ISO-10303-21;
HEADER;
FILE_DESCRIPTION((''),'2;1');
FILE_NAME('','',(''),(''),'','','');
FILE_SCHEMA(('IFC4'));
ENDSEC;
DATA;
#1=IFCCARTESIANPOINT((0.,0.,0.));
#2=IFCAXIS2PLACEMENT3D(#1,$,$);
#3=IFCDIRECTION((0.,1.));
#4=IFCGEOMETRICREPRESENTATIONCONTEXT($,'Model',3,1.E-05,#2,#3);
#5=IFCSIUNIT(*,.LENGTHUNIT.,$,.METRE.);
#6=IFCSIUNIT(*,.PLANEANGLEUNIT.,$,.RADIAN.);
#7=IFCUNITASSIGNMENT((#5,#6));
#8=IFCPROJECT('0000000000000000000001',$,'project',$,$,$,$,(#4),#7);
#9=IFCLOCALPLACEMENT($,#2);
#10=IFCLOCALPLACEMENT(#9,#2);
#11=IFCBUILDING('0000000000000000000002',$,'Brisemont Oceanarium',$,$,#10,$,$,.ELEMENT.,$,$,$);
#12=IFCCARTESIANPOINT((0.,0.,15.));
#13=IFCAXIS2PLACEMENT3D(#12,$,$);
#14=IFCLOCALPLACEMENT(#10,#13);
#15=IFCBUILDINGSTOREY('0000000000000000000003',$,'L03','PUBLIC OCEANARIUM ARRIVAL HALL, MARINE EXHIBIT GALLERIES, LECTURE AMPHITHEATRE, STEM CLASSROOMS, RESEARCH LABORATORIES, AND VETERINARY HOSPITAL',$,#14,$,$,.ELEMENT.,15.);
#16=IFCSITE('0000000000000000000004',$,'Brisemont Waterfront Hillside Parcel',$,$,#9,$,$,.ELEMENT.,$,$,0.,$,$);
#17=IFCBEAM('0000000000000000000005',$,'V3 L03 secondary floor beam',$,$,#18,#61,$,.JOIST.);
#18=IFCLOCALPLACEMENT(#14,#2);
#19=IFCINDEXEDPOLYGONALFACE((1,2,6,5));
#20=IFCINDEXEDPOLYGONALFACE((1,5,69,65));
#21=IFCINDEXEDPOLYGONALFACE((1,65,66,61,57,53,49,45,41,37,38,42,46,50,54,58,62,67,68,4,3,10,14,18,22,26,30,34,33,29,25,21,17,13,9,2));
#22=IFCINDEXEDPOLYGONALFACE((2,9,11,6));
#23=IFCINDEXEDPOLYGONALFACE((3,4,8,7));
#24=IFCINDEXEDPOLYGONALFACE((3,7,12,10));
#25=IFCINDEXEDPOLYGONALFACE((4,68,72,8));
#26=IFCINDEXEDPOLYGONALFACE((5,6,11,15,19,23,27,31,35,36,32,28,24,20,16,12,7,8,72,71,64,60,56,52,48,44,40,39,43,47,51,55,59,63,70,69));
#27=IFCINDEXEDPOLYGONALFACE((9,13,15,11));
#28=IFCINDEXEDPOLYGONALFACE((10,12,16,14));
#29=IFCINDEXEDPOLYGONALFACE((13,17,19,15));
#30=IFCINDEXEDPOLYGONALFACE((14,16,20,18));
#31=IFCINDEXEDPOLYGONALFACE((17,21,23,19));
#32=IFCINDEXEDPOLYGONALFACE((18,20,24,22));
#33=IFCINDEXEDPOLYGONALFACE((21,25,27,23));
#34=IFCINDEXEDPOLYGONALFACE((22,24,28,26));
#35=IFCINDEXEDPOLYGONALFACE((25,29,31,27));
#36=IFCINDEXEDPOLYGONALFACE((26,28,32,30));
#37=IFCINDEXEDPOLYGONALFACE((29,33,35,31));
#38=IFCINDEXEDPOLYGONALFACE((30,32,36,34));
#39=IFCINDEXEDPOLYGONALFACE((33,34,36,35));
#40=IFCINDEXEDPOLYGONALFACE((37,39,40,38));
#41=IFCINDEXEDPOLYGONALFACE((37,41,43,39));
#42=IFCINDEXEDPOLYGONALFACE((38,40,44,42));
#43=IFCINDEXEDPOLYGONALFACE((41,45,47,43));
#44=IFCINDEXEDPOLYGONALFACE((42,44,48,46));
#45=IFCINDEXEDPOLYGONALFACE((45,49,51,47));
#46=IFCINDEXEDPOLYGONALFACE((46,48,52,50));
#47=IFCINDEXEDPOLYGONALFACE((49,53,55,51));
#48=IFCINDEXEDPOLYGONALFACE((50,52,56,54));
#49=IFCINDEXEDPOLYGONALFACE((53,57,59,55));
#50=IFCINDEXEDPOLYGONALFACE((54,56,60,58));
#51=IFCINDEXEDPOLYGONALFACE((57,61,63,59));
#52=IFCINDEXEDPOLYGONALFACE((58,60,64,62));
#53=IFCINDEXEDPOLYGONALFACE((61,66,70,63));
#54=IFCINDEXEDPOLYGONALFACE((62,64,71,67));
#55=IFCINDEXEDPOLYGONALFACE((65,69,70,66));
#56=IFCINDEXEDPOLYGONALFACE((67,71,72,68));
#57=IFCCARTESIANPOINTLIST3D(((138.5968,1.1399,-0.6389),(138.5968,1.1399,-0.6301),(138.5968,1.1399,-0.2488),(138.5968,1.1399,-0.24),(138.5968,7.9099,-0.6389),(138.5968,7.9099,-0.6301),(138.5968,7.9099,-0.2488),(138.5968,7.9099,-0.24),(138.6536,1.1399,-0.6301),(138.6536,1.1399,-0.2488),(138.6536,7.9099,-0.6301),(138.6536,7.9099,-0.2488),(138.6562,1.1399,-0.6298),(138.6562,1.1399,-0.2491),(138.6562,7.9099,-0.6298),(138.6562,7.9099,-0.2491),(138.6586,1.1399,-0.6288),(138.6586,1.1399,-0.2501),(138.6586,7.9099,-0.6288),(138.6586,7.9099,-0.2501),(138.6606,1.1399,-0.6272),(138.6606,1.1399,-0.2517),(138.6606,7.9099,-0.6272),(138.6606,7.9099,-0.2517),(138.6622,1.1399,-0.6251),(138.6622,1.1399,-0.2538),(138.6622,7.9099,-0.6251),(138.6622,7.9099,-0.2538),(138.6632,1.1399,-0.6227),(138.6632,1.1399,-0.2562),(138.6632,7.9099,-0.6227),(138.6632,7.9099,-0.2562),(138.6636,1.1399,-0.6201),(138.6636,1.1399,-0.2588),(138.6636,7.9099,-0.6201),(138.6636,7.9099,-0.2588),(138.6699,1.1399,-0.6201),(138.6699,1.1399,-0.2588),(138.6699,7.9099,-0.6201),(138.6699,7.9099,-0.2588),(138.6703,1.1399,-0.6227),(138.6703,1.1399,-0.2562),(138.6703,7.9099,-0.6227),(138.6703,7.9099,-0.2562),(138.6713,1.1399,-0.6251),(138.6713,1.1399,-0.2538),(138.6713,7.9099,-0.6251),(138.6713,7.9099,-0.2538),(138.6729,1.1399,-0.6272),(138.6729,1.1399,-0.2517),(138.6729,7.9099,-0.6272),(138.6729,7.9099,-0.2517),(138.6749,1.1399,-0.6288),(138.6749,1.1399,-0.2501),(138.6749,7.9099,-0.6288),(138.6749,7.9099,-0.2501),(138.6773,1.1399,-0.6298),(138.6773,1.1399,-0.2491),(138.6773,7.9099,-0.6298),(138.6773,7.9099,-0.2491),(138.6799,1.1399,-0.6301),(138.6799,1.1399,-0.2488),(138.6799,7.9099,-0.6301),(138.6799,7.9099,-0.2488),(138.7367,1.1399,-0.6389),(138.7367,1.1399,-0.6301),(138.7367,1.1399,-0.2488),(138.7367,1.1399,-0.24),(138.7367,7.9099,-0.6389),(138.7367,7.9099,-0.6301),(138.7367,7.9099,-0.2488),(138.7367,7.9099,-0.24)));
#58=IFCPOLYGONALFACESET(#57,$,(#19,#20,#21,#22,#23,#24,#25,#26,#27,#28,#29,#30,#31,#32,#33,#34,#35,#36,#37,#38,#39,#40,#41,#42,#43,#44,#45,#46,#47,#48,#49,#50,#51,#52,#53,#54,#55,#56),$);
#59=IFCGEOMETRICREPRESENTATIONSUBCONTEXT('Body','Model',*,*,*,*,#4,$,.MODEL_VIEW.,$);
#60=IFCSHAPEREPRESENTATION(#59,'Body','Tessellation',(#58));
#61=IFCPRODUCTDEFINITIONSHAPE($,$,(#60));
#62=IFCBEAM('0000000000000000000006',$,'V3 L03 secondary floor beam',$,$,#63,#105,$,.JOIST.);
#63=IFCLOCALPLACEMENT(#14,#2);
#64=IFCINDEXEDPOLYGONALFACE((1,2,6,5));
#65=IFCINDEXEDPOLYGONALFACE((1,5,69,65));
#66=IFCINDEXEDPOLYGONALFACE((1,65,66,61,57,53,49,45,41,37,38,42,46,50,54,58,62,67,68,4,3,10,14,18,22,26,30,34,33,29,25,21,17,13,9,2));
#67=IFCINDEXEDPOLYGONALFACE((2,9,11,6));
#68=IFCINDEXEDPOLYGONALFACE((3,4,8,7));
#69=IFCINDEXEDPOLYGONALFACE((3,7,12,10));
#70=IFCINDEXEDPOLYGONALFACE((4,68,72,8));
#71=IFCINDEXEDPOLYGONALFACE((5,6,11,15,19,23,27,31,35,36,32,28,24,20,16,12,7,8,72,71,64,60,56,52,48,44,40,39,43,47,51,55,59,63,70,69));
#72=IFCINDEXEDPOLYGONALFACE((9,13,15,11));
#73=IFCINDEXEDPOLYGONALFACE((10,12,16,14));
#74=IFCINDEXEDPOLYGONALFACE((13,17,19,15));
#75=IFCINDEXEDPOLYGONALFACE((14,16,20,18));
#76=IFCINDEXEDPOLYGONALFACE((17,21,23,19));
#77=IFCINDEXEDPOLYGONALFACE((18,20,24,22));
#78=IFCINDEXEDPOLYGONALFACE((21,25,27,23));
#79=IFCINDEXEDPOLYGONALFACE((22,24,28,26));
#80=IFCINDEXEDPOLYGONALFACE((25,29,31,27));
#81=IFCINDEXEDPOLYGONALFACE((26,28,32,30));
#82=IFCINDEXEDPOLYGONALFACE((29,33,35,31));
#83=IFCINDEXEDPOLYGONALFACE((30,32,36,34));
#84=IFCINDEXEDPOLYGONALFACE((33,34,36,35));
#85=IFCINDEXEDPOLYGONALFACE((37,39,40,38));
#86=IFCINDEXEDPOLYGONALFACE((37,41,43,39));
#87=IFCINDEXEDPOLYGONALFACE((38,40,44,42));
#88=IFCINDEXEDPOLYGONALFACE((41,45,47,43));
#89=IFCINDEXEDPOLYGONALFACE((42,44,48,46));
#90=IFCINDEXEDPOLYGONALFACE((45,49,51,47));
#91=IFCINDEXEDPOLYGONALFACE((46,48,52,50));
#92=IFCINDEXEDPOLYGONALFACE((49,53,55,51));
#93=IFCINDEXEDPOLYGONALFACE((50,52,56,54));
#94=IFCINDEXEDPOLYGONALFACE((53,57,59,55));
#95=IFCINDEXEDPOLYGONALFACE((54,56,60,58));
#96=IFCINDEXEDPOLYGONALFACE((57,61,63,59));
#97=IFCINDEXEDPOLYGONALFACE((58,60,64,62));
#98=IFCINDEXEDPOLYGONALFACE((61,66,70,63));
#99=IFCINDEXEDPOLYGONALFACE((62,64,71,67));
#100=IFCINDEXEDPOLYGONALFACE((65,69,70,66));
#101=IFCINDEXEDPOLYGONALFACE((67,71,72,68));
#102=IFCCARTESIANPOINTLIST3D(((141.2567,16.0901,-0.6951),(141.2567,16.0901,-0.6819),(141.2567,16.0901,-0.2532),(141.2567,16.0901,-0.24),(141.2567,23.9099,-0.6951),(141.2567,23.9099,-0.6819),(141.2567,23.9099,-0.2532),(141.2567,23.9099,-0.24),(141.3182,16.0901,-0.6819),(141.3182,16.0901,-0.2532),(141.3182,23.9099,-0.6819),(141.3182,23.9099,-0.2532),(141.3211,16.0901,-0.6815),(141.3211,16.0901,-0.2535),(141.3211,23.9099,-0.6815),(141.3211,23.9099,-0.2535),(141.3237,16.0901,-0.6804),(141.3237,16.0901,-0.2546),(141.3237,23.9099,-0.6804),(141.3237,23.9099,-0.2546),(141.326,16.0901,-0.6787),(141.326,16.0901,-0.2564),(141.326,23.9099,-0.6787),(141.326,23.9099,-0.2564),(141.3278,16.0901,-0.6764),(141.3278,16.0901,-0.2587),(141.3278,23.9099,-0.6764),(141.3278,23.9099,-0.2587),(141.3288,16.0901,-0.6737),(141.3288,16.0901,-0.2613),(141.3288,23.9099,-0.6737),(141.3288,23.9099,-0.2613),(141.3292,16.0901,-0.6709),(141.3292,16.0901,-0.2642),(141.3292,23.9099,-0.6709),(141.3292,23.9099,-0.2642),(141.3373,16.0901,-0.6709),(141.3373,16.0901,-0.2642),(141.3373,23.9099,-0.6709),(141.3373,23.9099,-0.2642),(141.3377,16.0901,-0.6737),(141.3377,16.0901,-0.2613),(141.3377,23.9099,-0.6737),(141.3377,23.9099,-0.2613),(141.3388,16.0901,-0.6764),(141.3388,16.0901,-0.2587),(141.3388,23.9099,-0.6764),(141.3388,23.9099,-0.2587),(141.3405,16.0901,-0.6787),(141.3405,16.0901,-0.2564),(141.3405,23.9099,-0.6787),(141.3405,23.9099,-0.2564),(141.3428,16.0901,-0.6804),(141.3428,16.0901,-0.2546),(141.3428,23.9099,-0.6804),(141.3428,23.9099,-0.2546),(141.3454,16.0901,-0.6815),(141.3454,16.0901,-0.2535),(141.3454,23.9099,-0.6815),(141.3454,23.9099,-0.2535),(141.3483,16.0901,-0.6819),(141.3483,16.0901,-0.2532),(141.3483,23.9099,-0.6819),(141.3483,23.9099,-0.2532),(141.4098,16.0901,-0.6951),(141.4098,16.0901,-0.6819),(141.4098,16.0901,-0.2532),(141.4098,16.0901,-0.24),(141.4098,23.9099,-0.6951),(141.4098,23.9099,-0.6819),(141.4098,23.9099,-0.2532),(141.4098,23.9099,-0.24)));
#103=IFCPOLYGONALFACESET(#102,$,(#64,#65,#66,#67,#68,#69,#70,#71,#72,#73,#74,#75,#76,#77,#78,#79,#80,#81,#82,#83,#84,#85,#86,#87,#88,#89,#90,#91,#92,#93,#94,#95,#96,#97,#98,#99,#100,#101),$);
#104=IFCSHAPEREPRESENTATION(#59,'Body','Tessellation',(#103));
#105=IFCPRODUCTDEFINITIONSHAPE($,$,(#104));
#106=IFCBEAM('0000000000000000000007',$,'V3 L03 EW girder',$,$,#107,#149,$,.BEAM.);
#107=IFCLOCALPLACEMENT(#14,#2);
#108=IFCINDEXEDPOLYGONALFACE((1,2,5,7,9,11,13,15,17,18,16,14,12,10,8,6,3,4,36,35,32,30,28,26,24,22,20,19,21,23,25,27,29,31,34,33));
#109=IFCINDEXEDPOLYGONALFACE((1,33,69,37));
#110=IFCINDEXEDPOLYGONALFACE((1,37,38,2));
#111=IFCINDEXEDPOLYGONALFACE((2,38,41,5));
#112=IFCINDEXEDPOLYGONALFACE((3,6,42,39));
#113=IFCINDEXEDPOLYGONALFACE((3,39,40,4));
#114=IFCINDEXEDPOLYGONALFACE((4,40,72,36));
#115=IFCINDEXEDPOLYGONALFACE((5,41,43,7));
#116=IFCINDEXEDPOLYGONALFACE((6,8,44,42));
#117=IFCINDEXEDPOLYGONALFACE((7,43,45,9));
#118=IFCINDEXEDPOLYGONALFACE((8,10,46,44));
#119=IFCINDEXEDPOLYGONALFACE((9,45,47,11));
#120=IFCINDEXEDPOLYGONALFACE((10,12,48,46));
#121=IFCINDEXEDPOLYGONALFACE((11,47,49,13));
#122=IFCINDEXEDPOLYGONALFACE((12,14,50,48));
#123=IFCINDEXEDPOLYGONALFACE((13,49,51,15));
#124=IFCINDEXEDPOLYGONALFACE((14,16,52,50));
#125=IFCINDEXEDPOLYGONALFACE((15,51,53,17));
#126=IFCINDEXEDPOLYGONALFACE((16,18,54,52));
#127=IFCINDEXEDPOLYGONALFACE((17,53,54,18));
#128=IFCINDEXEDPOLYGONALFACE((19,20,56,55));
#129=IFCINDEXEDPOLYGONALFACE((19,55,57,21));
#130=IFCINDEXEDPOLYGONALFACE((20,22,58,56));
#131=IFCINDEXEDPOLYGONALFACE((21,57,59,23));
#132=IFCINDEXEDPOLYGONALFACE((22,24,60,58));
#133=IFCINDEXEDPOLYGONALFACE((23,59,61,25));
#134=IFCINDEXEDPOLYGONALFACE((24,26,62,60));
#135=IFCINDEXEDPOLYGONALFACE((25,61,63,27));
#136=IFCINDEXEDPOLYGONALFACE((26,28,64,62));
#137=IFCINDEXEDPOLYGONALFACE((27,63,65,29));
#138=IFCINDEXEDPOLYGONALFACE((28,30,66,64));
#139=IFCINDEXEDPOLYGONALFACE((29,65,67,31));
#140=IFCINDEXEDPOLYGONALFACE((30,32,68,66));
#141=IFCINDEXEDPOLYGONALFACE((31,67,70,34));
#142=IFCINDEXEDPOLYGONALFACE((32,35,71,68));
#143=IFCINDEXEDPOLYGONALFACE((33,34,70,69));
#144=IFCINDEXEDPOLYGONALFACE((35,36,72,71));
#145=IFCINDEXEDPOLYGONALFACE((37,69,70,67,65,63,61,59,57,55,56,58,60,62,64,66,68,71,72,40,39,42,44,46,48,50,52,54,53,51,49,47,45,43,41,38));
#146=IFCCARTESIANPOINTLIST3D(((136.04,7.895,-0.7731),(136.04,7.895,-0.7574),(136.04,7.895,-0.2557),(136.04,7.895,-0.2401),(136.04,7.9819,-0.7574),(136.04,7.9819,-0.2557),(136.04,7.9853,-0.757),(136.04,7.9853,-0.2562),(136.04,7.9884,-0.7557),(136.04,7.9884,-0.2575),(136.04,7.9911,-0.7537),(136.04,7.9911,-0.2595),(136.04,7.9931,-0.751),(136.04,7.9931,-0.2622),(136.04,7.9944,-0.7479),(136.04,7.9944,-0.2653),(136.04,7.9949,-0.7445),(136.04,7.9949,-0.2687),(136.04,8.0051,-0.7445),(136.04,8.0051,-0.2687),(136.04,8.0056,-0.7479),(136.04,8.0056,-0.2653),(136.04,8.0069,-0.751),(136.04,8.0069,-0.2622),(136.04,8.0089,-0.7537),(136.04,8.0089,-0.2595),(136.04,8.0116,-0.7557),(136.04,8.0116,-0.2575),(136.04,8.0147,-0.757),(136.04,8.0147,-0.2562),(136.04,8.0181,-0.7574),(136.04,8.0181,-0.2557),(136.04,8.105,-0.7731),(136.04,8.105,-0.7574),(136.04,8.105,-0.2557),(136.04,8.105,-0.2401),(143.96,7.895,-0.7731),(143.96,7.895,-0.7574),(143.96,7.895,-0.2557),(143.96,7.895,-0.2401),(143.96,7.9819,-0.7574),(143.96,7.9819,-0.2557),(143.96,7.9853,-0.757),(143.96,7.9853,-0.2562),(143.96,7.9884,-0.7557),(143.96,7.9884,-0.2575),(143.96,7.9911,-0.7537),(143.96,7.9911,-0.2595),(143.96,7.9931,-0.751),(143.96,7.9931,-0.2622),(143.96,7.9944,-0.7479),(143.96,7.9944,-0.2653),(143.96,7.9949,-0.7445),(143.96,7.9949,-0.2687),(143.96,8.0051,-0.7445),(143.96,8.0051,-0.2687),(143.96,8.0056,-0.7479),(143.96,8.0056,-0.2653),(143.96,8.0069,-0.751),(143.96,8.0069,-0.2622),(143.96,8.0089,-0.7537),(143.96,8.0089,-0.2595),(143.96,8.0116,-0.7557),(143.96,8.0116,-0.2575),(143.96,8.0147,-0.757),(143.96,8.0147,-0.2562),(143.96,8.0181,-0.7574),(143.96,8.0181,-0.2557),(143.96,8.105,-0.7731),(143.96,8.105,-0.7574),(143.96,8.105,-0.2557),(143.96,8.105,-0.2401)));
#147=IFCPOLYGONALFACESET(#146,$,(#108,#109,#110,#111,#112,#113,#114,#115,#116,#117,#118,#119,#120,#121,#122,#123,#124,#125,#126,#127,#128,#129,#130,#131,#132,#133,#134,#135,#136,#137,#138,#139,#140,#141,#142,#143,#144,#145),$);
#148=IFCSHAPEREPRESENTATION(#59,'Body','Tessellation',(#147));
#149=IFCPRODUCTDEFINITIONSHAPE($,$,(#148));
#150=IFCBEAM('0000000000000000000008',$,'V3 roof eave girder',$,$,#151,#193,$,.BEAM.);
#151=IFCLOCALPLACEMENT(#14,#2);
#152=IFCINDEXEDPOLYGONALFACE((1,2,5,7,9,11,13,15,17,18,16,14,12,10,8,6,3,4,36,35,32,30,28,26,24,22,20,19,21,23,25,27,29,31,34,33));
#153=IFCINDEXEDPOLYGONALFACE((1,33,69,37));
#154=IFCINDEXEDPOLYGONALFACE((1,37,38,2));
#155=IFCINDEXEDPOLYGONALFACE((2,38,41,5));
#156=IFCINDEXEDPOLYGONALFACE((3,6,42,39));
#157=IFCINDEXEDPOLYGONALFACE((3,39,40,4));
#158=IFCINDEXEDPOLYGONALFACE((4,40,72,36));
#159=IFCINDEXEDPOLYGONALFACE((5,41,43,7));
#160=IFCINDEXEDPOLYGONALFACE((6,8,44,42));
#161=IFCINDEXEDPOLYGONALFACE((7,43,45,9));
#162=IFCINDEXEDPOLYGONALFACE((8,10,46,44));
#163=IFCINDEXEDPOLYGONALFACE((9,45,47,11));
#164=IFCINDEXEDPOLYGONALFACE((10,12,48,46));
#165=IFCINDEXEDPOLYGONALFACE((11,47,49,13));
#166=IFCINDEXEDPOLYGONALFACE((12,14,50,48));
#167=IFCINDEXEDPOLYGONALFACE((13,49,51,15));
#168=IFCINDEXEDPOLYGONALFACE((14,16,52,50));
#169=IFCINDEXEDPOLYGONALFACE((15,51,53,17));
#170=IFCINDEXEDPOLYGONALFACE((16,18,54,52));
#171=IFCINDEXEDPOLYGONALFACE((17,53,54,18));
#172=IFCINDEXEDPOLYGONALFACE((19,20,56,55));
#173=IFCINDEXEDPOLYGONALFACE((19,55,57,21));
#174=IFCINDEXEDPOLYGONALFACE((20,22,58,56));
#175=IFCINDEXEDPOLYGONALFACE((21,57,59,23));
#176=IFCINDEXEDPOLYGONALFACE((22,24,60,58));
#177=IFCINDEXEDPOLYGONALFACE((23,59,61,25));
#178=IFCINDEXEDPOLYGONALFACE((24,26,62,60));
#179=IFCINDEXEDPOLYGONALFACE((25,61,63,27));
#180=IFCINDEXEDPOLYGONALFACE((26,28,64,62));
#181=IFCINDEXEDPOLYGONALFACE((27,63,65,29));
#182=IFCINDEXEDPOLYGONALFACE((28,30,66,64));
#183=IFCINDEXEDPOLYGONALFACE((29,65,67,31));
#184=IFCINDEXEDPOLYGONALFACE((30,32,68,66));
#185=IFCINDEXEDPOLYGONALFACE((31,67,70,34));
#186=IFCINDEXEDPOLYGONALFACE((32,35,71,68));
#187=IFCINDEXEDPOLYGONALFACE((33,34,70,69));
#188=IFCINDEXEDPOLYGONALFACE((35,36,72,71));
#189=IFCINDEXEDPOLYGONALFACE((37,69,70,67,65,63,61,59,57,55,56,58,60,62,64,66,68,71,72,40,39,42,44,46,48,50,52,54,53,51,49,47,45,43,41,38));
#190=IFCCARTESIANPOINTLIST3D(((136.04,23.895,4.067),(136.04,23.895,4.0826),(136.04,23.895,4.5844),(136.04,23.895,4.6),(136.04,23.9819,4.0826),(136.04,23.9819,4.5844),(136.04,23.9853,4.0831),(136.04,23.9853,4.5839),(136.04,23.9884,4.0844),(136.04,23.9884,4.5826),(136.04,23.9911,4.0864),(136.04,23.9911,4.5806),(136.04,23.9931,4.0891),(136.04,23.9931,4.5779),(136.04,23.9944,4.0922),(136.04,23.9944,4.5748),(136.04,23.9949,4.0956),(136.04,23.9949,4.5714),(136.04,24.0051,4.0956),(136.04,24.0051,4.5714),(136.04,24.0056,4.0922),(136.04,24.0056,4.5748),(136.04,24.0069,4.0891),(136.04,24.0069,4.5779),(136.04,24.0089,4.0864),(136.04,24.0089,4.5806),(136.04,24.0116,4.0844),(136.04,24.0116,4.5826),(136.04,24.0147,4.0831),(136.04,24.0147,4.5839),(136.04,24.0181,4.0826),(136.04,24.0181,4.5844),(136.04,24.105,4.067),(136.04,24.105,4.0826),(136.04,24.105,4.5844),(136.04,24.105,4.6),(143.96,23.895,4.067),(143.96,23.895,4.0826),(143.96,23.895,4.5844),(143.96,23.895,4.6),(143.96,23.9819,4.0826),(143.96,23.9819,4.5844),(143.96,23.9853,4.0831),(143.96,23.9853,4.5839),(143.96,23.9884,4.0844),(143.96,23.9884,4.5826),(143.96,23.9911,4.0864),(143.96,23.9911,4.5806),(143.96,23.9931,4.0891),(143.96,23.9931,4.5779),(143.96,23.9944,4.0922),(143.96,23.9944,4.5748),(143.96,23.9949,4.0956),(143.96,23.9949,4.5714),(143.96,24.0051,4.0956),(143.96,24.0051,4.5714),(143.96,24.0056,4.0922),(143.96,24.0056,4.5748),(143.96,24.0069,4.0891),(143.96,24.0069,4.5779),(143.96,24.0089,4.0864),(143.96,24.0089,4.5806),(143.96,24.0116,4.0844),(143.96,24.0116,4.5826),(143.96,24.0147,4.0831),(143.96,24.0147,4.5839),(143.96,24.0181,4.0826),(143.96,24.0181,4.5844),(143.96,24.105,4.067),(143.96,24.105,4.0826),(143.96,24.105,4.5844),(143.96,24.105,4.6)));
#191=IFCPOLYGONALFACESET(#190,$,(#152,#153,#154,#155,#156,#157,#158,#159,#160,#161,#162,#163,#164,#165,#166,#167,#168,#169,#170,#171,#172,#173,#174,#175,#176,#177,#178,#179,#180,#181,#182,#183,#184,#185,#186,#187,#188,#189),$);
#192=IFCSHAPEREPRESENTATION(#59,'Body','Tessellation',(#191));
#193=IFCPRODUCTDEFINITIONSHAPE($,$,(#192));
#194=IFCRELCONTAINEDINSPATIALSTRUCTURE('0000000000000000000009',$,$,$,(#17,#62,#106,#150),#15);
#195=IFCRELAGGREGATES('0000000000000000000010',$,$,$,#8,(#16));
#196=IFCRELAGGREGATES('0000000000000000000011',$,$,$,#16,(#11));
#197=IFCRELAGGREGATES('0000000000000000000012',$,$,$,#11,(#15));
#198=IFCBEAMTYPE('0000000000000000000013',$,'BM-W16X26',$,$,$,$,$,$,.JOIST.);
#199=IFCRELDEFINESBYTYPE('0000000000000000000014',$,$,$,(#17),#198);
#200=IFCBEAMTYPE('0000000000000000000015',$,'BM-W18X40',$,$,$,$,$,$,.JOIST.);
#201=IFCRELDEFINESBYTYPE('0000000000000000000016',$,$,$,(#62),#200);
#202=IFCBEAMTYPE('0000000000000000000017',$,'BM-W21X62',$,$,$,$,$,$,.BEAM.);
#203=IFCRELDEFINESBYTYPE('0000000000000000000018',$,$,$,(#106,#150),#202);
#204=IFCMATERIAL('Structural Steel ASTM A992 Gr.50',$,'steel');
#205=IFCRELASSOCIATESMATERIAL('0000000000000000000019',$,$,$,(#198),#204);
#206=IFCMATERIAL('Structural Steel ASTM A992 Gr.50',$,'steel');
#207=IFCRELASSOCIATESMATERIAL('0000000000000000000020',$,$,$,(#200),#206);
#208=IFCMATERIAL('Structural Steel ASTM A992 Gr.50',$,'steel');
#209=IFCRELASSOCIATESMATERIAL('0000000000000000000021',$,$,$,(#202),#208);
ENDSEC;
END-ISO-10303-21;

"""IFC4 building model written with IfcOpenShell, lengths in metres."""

from ifc_helpers import new_model, si_unit, direction, frame, origin, origin_2d, place, context, subcontext, project, spatial, i_section, extrude, material, material_profile, profile_set, type_object, element, save


model = new_model("IFC4")

# Units and contexts
model_context = context("Model", 3, precision=1e-05, world=origin(), true_north=direction((0.0, 1.0)))
body_context = subcontext(model_context, "Body", "Model", "MODEL_VIEW")
ifc_project = project(units=[si_unit("LENGTHUNIT", "METRE"), si_unit("PLANEANGLEUNIT", "RADIAN")], contexts=[model_context])

# Site, building, storey
site_placement = place(None, origin())
site = spatial("IfcSite", under=ifc_project, at=site_placement, Name="Brisemont Waterfront Hillside Parcel", CompositionType="ELEMENT", RefElevation=0.0)
building_placement = place(site_placement, origin())
building = spatial("IfcBuilding", under=site, at=building_placement, Name="Brisemont Oceanarium", CompositionType="ELEMENT")
storey_placement = place(building_placement, frame((0.0, 0.0, 15.0)))
storey = spatial("IfcBuildingStorey", under=building, at=storey_placement, Name="L03", Description="PUBLIC OCEANARIUM ARRIVAL HALL, MARINE EXHIBIT GALLERIES, LECTURE AMPHITHEATRE, STEM CLASSROOMS, RESEARCH LABORATORIES, AND VETERINARY HOSPITAL", CompositionType="ELEMENT", Elevation=15.0)

# Beams
ifc_material_1 = material(Name="Structural Steel ASTM A992 Gr.50", Category="steel")
ifc_material_profile_1 = material_profile(ifc_material_1, i_section(OverallWidth=0.1399, OverallDepth=0.3989, WebThickness=0.0063, FlangeThickness=0.0088, FilletRadius=0.01, at=origin_2d()), Name="W16X26")
ifc_profile_set_1 = profile_set([ifc_material_profile_1], Name="Structural Steel ASTM A992 Gr.50")
beam_type_1 = type_object("IfcBeamType", Name="BM-W16X26", PredefinedType="JOIST", material=ifc_profile_set_1)
beam_1_placement = place(storey_placement, frame((138.6667, 1.1399, -0.4395), z_axis=(0.0, 1.0, 0.0), x_axis=(-1.0, 0.0, 0.0)))
element("IfcBeam", 1, at=beam_1_placement, inside=storey, type_object=beam_type_1, Name="V3 L03 secondary floor beam", PredefinedType="JOIST", context=body_context, shape_type="SweptSolid", body=[
    extrude(i_section(OverallWidth=0.1399, OverallDepth=0.3989, WebThickness=0.0063, FlangeThickness=0.0088, FilletRadius=0.01, at=origin_2d()), origin(), (0.0, 0.0, 1.0), 6.77),
])
ifc_material_2 = material(Name="Structural Steel ASTM A992 Gr.50", Category="steel")
ifc_material_profile_2 = material_profile(ifc_material_2, i_section(OverallWidth=0.1531, OverallDepth=0.4551, WebThickness=0.0081, FlangeThickness=0.0132, FilletRadius=0.011, at=origin_2d()), Name="W18X40")
ifc_profile_set_2 = profile_set([ifc_material_profile_2], Name="Structural Steel ASTM A992 Gr.50")
beam_type_2 = type_object("IfcBeamType", Name="BM-W18X40", PredefinedType="JOIST", material=ifc_profile_set_2)
beam_2_placement = place(storey_placement, frame((141.3333, 16.0901, -0.4675), z_axis=(0.0, 1.0, 0.0), x_axis=(-1.0, 0.0, 0.0)))
element("IfcBeam", 2, at=beam_2_placement, inside=storey, type_object=beam_type_2, Name="V3 L03 secondary floor beam", PredefinedType="JOIST", context=body_context, shape_type="SweptSolid", body=[
    extrude(i_section(OverallWidth=0.1531, OverallDepth=0.4551, WebThickness=0.0081, FlangeThickness=0.0132, FilletRadius=0.011, at=origin_2d()), origin(), (0.0, 0.0, 1.0), 7.8198),
])
ifc_material_3 = material(Name="Structural Steel ASTM A992 Gr.50", Category="steel")
ifc_material_profile_3 = material_profile(ifc_material_3, i_section(OverallWidth=0.21, OverallDepth=0.533, WebThickness=0.0103, FlangeThickness=0.0156, FilletRadius=0.0129, at=origin_2d()), Name="W21X62")
ifc_profile_set_3 = profile_set([ifc_material_profile_3], Name="Structural Steel ASTM A992 Gr.50")
beam_type_3 = type_object("IfcBeamType", Name="BM-W21X62", PredefinedType="BEAM", material=ifc_profile_set_3)
for number, where, z_axis, x_axis, name in (
    (3, (136.04, 8.0, -0.5066), (1.0, 0.0, 0.0), (0.0, 1.0, 0.0), "V3 L03 EW girder"),
    (4, (136.04, 24.0, 4.3335), (1.0, 0.0, 0.0), (0.0, 1.0, 0.0), "V3 roof eave girder"),
):
    element("IfcBeam", number, at=place(storey_placement, frame(where, z_axis=z_axis, x_axis=x_axis)), inside=storey, type_object=beam_type_3, Name=name, PredefinedType="BEAM", context=body_context, shape_type="SweptSolid", body=[
        extrude(i_section(OverallWidth=0.21, OverallDepth=0.533, WebThickness=0.0103, FlangeThickness=0.0156, FilletRadius=0.0129, at=origin_2d()), origin(), (0.0, 0.0, 1.0), 7.9199),
    ])

save(model, "model.ifc")
